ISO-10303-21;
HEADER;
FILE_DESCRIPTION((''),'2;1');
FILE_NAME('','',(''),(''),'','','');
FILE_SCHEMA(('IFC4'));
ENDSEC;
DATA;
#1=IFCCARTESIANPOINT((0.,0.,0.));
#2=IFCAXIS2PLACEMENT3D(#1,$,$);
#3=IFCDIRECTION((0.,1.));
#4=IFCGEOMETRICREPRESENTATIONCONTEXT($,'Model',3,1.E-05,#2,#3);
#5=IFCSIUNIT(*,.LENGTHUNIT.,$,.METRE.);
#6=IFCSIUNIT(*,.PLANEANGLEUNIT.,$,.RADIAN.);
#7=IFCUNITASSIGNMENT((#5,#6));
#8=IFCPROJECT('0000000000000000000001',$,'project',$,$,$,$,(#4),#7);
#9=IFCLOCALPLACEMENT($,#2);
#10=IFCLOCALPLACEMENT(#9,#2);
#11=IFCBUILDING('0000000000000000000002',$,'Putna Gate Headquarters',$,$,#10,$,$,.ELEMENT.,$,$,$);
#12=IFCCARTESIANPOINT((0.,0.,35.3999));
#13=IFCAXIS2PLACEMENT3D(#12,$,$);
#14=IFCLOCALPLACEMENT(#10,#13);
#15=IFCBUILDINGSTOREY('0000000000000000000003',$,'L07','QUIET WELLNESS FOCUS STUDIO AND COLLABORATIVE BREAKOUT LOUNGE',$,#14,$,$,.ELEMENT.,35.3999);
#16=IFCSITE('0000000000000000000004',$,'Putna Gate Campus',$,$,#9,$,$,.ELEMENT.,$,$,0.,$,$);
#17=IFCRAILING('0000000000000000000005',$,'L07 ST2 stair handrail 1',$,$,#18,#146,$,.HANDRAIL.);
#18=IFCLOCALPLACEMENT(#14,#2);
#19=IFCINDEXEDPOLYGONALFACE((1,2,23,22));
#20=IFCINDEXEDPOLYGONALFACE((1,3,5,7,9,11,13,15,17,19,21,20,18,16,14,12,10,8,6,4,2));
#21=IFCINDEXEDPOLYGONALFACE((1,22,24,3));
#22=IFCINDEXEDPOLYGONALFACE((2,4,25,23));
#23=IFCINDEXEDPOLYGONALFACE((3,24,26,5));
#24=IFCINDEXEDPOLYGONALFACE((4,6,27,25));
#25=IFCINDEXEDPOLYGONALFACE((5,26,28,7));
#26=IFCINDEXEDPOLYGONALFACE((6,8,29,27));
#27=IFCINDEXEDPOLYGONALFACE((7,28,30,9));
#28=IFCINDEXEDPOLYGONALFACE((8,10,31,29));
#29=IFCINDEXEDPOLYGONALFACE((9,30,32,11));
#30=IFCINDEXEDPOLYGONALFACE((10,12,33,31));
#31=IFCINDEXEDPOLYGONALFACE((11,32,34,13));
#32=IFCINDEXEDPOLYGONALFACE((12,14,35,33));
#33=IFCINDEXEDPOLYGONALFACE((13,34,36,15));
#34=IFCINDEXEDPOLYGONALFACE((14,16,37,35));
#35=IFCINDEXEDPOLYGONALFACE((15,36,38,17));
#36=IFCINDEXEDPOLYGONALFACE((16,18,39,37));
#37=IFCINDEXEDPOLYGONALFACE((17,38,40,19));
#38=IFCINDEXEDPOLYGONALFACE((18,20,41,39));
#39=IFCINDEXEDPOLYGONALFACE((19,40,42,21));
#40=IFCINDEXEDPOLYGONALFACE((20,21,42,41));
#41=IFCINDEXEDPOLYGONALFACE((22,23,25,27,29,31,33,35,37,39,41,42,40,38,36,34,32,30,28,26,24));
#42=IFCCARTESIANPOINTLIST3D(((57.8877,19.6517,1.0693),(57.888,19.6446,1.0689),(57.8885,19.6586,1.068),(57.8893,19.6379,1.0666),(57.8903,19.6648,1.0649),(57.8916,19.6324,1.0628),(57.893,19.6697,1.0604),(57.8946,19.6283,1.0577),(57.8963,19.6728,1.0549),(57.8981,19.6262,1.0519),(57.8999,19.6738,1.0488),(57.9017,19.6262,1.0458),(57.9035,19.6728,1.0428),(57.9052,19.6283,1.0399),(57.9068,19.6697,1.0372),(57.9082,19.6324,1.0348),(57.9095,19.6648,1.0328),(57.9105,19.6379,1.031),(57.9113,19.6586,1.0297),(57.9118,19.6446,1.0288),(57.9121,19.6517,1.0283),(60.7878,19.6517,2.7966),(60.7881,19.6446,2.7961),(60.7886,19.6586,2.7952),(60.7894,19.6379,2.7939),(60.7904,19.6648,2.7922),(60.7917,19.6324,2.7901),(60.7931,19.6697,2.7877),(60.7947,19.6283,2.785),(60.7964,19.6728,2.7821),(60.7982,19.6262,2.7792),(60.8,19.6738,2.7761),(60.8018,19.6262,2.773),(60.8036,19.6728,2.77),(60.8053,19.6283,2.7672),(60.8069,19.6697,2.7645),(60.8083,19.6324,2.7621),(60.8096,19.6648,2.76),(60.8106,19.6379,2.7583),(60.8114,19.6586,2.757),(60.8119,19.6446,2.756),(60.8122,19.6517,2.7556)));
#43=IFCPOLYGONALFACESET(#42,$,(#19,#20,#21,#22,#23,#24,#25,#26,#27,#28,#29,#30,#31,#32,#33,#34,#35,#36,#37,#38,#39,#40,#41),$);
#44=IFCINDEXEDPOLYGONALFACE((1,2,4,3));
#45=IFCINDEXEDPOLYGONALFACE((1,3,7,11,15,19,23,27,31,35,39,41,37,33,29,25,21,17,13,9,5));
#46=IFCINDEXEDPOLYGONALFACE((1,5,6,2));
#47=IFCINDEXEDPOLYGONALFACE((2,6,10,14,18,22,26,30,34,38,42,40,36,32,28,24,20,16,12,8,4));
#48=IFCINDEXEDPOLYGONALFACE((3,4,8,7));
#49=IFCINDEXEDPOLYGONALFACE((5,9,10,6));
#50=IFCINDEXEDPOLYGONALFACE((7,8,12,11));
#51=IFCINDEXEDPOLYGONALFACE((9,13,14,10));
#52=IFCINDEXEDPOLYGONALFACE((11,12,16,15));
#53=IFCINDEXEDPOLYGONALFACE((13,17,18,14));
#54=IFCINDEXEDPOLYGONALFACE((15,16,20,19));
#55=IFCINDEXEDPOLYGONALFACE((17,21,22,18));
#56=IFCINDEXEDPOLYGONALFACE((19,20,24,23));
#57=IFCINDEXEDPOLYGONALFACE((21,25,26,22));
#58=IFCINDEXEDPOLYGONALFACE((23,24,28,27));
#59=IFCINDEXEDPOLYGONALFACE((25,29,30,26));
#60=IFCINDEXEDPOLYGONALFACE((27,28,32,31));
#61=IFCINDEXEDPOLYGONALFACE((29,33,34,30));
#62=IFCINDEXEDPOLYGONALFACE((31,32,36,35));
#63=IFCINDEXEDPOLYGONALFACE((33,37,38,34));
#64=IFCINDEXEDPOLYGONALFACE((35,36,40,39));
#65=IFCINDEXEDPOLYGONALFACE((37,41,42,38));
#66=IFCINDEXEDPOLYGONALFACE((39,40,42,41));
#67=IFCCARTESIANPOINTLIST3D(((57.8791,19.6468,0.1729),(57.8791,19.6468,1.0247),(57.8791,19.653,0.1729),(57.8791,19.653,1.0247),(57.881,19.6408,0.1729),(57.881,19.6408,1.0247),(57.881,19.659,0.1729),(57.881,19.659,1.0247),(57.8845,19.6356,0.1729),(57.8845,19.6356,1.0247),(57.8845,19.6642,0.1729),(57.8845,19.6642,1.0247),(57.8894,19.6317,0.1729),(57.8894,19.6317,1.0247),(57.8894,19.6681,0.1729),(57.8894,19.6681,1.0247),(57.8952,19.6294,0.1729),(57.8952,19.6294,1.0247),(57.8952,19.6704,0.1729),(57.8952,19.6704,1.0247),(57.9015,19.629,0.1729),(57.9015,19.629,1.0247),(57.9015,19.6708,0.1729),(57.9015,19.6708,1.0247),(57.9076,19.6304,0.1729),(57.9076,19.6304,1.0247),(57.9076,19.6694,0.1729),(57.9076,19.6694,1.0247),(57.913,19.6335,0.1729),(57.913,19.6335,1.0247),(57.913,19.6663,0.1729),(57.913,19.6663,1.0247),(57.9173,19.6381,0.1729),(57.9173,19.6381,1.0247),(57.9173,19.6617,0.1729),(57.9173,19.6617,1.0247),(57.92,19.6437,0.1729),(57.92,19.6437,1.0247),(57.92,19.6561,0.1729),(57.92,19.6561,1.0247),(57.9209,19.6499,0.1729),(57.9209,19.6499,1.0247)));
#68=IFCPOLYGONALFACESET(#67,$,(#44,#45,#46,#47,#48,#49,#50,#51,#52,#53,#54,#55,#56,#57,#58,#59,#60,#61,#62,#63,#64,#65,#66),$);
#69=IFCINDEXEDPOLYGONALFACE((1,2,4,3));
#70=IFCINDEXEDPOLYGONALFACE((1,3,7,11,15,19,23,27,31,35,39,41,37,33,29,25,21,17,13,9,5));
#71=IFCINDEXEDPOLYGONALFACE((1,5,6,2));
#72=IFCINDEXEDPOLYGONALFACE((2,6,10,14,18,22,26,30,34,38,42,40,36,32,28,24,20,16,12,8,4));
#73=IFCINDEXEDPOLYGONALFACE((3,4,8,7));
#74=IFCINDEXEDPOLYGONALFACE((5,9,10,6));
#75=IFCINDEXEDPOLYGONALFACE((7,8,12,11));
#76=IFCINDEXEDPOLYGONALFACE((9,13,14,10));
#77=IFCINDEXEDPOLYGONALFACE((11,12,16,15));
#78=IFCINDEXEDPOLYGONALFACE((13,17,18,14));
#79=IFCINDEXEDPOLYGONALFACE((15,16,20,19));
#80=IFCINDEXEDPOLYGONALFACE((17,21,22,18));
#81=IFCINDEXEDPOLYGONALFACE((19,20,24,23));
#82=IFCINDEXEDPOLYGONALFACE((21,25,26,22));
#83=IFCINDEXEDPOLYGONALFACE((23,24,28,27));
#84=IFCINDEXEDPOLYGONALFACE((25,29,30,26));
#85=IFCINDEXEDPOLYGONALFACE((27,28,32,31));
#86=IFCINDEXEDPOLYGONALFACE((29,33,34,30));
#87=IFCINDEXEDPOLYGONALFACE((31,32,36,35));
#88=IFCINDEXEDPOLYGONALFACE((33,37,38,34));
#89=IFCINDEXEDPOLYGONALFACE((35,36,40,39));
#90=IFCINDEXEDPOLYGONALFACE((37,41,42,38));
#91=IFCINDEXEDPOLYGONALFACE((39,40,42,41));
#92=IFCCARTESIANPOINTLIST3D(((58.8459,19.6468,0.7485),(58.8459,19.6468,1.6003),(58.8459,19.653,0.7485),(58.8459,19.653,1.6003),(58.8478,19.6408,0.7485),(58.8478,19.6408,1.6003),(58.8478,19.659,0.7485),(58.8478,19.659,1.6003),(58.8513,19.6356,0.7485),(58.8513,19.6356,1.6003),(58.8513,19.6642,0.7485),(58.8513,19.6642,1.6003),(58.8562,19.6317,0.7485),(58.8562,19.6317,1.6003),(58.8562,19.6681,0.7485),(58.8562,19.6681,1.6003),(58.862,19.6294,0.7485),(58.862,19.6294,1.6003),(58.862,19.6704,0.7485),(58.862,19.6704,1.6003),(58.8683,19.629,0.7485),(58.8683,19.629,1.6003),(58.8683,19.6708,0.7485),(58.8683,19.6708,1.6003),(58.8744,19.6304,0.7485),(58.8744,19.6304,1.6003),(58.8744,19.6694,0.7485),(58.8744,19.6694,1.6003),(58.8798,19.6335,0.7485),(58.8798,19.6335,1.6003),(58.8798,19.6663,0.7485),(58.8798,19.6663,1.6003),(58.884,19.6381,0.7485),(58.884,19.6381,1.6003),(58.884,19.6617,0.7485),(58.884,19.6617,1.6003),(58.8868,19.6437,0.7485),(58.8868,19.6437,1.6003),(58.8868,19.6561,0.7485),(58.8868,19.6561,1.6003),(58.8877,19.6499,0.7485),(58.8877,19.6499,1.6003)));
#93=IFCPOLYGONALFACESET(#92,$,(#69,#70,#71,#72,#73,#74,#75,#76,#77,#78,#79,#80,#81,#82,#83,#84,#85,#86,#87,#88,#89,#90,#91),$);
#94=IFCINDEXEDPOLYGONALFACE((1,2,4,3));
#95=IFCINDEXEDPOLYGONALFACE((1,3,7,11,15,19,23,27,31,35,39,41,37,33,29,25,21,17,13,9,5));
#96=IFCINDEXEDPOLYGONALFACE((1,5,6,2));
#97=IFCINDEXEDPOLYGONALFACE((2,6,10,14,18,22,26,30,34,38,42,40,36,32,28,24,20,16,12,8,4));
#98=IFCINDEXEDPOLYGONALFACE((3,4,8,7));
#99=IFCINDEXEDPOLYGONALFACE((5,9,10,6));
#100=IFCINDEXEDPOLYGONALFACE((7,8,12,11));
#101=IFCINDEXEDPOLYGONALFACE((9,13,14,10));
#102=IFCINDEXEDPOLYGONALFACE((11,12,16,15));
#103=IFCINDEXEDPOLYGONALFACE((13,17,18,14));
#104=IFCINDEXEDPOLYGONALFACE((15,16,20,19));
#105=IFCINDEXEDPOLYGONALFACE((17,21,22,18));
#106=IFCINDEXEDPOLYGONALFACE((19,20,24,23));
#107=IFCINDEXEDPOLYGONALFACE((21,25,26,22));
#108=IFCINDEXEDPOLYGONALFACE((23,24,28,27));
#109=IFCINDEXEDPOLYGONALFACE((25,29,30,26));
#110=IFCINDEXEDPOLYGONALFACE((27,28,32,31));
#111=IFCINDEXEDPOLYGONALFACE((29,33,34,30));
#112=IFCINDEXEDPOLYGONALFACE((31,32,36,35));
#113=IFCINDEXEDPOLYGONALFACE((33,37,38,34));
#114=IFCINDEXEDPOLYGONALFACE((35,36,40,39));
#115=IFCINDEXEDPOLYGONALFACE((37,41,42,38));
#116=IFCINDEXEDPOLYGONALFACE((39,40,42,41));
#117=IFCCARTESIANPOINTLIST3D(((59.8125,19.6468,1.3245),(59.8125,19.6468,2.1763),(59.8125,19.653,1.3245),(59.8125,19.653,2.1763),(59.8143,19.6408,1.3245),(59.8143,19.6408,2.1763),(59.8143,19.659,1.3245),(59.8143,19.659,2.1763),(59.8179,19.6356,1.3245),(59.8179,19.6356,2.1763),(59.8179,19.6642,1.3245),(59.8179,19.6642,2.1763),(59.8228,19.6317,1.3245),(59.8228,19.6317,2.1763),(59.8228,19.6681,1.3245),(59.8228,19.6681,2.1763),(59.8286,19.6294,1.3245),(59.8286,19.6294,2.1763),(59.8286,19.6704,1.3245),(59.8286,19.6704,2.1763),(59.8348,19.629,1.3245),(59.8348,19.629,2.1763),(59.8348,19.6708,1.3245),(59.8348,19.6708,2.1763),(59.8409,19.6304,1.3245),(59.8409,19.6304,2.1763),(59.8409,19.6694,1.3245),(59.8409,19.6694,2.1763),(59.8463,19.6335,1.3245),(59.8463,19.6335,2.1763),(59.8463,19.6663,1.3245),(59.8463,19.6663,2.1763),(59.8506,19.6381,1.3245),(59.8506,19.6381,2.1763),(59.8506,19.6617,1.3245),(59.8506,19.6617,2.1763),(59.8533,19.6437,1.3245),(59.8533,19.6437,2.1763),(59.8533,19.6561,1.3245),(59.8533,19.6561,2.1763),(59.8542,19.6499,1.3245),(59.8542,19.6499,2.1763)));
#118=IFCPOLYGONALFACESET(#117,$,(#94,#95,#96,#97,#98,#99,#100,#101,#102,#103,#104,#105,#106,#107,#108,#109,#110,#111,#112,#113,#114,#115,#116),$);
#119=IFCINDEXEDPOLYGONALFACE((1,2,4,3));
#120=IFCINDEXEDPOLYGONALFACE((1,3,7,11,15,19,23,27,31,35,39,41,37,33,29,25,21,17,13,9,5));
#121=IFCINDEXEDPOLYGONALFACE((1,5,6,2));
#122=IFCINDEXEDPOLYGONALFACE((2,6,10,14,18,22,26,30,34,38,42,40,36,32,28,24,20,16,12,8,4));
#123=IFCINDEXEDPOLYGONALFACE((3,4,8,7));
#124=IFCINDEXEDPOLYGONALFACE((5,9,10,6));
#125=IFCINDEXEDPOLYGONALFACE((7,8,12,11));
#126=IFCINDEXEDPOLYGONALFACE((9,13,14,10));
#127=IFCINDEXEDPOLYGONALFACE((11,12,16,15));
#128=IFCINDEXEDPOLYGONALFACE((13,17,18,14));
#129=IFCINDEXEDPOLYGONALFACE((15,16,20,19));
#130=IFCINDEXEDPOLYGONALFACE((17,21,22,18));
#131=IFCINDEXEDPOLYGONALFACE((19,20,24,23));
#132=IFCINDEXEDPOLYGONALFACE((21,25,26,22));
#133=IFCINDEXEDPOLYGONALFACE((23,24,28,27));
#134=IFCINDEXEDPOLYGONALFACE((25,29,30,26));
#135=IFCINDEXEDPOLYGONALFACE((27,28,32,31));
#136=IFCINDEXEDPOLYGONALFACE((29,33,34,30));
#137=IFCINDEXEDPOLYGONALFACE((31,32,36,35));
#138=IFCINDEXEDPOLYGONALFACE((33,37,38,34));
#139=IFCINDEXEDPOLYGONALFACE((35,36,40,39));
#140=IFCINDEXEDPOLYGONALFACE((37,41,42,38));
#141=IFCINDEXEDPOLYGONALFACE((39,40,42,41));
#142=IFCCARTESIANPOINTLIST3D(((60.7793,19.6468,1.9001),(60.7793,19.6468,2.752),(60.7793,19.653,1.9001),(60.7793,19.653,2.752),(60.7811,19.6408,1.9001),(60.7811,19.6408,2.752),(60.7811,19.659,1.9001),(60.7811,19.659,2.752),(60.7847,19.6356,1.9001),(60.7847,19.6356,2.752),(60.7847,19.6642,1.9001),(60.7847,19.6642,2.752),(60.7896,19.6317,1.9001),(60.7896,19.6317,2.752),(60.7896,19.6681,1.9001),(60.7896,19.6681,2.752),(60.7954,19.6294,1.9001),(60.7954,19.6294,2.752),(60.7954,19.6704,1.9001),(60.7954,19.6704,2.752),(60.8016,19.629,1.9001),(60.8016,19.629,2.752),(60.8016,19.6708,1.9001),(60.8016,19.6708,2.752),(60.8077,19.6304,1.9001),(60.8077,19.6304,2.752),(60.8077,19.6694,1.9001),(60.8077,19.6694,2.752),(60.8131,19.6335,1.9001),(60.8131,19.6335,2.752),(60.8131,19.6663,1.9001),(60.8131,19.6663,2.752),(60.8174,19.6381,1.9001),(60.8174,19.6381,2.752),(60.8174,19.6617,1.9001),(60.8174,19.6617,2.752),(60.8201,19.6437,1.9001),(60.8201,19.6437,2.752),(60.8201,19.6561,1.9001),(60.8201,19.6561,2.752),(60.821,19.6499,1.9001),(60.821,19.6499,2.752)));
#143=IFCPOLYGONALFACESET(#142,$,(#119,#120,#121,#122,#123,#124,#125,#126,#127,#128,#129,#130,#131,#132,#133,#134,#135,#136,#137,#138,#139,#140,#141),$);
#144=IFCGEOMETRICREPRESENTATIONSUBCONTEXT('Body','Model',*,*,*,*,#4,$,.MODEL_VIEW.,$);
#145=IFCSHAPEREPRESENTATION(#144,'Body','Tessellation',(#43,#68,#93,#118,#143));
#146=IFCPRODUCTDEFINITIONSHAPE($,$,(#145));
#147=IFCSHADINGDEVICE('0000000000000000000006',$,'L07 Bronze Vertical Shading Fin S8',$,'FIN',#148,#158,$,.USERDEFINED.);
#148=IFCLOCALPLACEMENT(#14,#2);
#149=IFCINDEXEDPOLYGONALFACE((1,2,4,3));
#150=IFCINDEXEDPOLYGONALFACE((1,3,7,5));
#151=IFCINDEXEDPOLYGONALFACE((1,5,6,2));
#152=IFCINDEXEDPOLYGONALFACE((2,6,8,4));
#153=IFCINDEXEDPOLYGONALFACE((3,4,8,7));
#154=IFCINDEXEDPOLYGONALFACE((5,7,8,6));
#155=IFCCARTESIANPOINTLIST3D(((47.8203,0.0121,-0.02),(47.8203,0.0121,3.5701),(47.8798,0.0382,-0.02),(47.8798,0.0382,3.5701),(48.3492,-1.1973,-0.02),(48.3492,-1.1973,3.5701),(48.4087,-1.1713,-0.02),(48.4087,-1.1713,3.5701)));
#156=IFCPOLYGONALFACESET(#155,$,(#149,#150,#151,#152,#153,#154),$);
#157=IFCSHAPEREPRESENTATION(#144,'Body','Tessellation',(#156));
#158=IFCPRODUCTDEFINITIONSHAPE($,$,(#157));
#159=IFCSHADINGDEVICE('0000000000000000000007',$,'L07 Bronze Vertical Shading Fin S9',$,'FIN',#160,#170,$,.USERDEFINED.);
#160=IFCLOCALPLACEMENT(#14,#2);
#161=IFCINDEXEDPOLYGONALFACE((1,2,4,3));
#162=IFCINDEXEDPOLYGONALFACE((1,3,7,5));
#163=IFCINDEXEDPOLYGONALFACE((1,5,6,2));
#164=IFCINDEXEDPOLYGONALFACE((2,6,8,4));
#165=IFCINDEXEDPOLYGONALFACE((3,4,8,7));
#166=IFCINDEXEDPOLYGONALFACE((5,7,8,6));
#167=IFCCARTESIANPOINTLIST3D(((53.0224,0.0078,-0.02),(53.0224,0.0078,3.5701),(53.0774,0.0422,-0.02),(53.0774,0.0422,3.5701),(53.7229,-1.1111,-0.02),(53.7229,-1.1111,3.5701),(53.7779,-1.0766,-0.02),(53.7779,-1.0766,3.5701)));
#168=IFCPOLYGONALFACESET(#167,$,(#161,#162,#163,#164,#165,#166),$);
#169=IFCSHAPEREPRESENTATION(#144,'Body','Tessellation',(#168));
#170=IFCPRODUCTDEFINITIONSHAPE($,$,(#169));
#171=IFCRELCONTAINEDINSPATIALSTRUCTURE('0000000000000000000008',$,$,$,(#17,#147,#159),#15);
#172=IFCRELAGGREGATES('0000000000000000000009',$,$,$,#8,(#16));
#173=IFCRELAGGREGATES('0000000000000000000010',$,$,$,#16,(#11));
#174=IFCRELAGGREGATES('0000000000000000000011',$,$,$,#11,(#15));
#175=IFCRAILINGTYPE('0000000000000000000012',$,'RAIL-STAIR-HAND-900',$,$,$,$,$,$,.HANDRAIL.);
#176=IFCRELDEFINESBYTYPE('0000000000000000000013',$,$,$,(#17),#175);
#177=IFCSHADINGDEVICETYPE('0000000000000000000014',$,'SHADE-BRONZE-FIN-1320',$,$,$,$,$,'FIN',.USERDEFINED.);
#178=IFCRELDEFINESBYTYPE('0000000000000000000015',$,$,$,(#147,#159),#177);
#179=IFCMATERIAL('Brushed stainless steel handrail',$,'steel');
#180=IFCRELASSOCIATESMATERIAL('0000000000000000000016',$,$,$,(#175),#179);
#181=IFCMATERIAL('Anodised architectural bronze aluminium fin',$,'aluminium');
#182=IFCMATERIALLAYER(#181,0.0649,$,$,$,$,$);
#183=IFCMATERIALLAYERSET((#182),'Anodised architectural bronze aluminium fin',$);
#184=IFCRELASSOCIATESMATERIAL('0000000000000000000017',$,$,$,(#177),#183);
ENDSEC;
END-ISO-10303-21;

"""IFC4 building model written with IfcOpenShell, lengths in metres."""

from ifc_helpers import new_model, si_unit, direction, frame, origin, origin_2d, place, context, subcontext, project, spatial, rectangle, circle, extrude, material, layer, layer_set, type_object, element, save


model = new_model("IFC4")

# Units and contexts
model_context = context("Model", 3, precision=1e-05, world=origin(), true_north=direction((0.0, 1.0)))
body_context = subcontext(model_context, "Body", "Model", "MODEL_VIEW")
ifc_project = project(units=[si_unit("LENGTHUNIT", "METRE"), si_unit("PLANEANGLEUNIT", "RADIAN")], contexts=[model_context])

# Site, building, storey
site_placement = place(None, origin())
site = spatial("IfcSite", under=ifc_project, at=site_placement, Name="Putna Gate Campus", CompositionType="ELEMENT", RefElevation=0.0)
building_placement = place(site_placement, origin())
building = spatial("IfcBuilding", under=site, at=building_placement, Name="Putna Gate Headquarters", CompositionType="ELEMENT")
storey_placement = place(building_placement, frame((0.0, 0.0, 35.3999)))
storey = spatial("IfcBuildingStorey", under=building, at=storey_placement, Name="L07", Description="QUIET WELLNESS FOCUS STUDIO AND COLLABORATIVE BREAKOUT LOUNGE", CompositionType="ELEMENT", Elevation=35.3999)

# Railing
ifc_material_1 = material(Name="Brushed stainless steel handrail", Category="steel")
railing_type_1 = type_object("IfcRailingType", Name="RAIL-STAIR-HAND-900", PredefinedType="HANDRAIL", material=ifc_material_1)
railing_1_placement = place(storey_placement, frame((57.8999, 19.6499, 0.1729)))
element("IfcRailing", 1, at=railing_1_placement, inside=storey, type_object=railing_type_1, Name="L07 ST2 stair handrail 1", PredefinedType="HANDRAIL", context=body_context, shape_type="SweptSolid", body=[
    extrude(circle(Radius=0.0239, at=origin_2d()), frame((0.0, 0.0, 0.876), z_axis=(0.85916, 0.0, 0.511706), x_axis=(0.0, 1.0, 0.0)), (0.0, 0.0, 1.0), 3.3755),
    extrude(circle(Radius=0.021, at=origin_2d()), origin(), (0.0, 0.0, 1.0), 0.8518),
    extrude(circle(Radius=0.021, at=origin_2d()), frame((0.9668, 0.0, 0.5757)), (0.0, 0.0, 1.0), 0.8518),
    extrude(circle(Radius=0.021, at=origin_2d()), frame((1.9333, 0.0, 1.1516)), (0.0, 0.0, 1.0), 0.8518),
    extrude(circle(Radius=0.021, at=origin_2d()), frame((2.9001, 0.0, 1.7273)), (0.0, 0.0, 1.0), 0.8518),
])

# Shading devices
ifc_material_2 = material(Name="Anodised architectural bronze aluminium fin", Category="aluminium")
ifc_layer_1 = layer(ifc_material_2, 0.0649)
ifc_layer_set_1 = layer_set([ifc_layer_1], Name="Anodised architectural bronze aluminium fin")
shading_device_type = type_object("IfcShadingDeviceType", Name="SHADE-BRONZE-FIN-1320", ElementType="FIN", PredefinedType="USERDEFINED", material=ifc_layer_set_1)
for number, where, z_axis, x_axis, name in (
    (2, (48.1145, -0.5796, -0.02), (0.0, 0.0, 1.0), (0.400669, -0.916223, 0.0), "L07 Bronze Vertical Shading Fin S8"),
    (3, (53.4001, -0.5344, -0.02), (0.0, 0.0, 1.0), (0.530659, -0.847585, 0.0), "L07 Bronze Vertical Shading Fin S9"),
):
    element("IfcShadingDevice", number, at=place(storey_placement, frame(where, z_axis=z_axis, x_axis=x_axis)), inside=storey, type_object=shading_device_type, Name=name, ObjectType="FIN", PredefinedType="USERDEFINED", context=body_context, shape_type="SweptSolid", body=[
        extrude(rectangle(XDim=1.3201, YDim=0.0649, at=origin_2d()), origin(), (0.0, 0.0, 1.0), 3.5901),
    ])

save(model, "model.ifc")
